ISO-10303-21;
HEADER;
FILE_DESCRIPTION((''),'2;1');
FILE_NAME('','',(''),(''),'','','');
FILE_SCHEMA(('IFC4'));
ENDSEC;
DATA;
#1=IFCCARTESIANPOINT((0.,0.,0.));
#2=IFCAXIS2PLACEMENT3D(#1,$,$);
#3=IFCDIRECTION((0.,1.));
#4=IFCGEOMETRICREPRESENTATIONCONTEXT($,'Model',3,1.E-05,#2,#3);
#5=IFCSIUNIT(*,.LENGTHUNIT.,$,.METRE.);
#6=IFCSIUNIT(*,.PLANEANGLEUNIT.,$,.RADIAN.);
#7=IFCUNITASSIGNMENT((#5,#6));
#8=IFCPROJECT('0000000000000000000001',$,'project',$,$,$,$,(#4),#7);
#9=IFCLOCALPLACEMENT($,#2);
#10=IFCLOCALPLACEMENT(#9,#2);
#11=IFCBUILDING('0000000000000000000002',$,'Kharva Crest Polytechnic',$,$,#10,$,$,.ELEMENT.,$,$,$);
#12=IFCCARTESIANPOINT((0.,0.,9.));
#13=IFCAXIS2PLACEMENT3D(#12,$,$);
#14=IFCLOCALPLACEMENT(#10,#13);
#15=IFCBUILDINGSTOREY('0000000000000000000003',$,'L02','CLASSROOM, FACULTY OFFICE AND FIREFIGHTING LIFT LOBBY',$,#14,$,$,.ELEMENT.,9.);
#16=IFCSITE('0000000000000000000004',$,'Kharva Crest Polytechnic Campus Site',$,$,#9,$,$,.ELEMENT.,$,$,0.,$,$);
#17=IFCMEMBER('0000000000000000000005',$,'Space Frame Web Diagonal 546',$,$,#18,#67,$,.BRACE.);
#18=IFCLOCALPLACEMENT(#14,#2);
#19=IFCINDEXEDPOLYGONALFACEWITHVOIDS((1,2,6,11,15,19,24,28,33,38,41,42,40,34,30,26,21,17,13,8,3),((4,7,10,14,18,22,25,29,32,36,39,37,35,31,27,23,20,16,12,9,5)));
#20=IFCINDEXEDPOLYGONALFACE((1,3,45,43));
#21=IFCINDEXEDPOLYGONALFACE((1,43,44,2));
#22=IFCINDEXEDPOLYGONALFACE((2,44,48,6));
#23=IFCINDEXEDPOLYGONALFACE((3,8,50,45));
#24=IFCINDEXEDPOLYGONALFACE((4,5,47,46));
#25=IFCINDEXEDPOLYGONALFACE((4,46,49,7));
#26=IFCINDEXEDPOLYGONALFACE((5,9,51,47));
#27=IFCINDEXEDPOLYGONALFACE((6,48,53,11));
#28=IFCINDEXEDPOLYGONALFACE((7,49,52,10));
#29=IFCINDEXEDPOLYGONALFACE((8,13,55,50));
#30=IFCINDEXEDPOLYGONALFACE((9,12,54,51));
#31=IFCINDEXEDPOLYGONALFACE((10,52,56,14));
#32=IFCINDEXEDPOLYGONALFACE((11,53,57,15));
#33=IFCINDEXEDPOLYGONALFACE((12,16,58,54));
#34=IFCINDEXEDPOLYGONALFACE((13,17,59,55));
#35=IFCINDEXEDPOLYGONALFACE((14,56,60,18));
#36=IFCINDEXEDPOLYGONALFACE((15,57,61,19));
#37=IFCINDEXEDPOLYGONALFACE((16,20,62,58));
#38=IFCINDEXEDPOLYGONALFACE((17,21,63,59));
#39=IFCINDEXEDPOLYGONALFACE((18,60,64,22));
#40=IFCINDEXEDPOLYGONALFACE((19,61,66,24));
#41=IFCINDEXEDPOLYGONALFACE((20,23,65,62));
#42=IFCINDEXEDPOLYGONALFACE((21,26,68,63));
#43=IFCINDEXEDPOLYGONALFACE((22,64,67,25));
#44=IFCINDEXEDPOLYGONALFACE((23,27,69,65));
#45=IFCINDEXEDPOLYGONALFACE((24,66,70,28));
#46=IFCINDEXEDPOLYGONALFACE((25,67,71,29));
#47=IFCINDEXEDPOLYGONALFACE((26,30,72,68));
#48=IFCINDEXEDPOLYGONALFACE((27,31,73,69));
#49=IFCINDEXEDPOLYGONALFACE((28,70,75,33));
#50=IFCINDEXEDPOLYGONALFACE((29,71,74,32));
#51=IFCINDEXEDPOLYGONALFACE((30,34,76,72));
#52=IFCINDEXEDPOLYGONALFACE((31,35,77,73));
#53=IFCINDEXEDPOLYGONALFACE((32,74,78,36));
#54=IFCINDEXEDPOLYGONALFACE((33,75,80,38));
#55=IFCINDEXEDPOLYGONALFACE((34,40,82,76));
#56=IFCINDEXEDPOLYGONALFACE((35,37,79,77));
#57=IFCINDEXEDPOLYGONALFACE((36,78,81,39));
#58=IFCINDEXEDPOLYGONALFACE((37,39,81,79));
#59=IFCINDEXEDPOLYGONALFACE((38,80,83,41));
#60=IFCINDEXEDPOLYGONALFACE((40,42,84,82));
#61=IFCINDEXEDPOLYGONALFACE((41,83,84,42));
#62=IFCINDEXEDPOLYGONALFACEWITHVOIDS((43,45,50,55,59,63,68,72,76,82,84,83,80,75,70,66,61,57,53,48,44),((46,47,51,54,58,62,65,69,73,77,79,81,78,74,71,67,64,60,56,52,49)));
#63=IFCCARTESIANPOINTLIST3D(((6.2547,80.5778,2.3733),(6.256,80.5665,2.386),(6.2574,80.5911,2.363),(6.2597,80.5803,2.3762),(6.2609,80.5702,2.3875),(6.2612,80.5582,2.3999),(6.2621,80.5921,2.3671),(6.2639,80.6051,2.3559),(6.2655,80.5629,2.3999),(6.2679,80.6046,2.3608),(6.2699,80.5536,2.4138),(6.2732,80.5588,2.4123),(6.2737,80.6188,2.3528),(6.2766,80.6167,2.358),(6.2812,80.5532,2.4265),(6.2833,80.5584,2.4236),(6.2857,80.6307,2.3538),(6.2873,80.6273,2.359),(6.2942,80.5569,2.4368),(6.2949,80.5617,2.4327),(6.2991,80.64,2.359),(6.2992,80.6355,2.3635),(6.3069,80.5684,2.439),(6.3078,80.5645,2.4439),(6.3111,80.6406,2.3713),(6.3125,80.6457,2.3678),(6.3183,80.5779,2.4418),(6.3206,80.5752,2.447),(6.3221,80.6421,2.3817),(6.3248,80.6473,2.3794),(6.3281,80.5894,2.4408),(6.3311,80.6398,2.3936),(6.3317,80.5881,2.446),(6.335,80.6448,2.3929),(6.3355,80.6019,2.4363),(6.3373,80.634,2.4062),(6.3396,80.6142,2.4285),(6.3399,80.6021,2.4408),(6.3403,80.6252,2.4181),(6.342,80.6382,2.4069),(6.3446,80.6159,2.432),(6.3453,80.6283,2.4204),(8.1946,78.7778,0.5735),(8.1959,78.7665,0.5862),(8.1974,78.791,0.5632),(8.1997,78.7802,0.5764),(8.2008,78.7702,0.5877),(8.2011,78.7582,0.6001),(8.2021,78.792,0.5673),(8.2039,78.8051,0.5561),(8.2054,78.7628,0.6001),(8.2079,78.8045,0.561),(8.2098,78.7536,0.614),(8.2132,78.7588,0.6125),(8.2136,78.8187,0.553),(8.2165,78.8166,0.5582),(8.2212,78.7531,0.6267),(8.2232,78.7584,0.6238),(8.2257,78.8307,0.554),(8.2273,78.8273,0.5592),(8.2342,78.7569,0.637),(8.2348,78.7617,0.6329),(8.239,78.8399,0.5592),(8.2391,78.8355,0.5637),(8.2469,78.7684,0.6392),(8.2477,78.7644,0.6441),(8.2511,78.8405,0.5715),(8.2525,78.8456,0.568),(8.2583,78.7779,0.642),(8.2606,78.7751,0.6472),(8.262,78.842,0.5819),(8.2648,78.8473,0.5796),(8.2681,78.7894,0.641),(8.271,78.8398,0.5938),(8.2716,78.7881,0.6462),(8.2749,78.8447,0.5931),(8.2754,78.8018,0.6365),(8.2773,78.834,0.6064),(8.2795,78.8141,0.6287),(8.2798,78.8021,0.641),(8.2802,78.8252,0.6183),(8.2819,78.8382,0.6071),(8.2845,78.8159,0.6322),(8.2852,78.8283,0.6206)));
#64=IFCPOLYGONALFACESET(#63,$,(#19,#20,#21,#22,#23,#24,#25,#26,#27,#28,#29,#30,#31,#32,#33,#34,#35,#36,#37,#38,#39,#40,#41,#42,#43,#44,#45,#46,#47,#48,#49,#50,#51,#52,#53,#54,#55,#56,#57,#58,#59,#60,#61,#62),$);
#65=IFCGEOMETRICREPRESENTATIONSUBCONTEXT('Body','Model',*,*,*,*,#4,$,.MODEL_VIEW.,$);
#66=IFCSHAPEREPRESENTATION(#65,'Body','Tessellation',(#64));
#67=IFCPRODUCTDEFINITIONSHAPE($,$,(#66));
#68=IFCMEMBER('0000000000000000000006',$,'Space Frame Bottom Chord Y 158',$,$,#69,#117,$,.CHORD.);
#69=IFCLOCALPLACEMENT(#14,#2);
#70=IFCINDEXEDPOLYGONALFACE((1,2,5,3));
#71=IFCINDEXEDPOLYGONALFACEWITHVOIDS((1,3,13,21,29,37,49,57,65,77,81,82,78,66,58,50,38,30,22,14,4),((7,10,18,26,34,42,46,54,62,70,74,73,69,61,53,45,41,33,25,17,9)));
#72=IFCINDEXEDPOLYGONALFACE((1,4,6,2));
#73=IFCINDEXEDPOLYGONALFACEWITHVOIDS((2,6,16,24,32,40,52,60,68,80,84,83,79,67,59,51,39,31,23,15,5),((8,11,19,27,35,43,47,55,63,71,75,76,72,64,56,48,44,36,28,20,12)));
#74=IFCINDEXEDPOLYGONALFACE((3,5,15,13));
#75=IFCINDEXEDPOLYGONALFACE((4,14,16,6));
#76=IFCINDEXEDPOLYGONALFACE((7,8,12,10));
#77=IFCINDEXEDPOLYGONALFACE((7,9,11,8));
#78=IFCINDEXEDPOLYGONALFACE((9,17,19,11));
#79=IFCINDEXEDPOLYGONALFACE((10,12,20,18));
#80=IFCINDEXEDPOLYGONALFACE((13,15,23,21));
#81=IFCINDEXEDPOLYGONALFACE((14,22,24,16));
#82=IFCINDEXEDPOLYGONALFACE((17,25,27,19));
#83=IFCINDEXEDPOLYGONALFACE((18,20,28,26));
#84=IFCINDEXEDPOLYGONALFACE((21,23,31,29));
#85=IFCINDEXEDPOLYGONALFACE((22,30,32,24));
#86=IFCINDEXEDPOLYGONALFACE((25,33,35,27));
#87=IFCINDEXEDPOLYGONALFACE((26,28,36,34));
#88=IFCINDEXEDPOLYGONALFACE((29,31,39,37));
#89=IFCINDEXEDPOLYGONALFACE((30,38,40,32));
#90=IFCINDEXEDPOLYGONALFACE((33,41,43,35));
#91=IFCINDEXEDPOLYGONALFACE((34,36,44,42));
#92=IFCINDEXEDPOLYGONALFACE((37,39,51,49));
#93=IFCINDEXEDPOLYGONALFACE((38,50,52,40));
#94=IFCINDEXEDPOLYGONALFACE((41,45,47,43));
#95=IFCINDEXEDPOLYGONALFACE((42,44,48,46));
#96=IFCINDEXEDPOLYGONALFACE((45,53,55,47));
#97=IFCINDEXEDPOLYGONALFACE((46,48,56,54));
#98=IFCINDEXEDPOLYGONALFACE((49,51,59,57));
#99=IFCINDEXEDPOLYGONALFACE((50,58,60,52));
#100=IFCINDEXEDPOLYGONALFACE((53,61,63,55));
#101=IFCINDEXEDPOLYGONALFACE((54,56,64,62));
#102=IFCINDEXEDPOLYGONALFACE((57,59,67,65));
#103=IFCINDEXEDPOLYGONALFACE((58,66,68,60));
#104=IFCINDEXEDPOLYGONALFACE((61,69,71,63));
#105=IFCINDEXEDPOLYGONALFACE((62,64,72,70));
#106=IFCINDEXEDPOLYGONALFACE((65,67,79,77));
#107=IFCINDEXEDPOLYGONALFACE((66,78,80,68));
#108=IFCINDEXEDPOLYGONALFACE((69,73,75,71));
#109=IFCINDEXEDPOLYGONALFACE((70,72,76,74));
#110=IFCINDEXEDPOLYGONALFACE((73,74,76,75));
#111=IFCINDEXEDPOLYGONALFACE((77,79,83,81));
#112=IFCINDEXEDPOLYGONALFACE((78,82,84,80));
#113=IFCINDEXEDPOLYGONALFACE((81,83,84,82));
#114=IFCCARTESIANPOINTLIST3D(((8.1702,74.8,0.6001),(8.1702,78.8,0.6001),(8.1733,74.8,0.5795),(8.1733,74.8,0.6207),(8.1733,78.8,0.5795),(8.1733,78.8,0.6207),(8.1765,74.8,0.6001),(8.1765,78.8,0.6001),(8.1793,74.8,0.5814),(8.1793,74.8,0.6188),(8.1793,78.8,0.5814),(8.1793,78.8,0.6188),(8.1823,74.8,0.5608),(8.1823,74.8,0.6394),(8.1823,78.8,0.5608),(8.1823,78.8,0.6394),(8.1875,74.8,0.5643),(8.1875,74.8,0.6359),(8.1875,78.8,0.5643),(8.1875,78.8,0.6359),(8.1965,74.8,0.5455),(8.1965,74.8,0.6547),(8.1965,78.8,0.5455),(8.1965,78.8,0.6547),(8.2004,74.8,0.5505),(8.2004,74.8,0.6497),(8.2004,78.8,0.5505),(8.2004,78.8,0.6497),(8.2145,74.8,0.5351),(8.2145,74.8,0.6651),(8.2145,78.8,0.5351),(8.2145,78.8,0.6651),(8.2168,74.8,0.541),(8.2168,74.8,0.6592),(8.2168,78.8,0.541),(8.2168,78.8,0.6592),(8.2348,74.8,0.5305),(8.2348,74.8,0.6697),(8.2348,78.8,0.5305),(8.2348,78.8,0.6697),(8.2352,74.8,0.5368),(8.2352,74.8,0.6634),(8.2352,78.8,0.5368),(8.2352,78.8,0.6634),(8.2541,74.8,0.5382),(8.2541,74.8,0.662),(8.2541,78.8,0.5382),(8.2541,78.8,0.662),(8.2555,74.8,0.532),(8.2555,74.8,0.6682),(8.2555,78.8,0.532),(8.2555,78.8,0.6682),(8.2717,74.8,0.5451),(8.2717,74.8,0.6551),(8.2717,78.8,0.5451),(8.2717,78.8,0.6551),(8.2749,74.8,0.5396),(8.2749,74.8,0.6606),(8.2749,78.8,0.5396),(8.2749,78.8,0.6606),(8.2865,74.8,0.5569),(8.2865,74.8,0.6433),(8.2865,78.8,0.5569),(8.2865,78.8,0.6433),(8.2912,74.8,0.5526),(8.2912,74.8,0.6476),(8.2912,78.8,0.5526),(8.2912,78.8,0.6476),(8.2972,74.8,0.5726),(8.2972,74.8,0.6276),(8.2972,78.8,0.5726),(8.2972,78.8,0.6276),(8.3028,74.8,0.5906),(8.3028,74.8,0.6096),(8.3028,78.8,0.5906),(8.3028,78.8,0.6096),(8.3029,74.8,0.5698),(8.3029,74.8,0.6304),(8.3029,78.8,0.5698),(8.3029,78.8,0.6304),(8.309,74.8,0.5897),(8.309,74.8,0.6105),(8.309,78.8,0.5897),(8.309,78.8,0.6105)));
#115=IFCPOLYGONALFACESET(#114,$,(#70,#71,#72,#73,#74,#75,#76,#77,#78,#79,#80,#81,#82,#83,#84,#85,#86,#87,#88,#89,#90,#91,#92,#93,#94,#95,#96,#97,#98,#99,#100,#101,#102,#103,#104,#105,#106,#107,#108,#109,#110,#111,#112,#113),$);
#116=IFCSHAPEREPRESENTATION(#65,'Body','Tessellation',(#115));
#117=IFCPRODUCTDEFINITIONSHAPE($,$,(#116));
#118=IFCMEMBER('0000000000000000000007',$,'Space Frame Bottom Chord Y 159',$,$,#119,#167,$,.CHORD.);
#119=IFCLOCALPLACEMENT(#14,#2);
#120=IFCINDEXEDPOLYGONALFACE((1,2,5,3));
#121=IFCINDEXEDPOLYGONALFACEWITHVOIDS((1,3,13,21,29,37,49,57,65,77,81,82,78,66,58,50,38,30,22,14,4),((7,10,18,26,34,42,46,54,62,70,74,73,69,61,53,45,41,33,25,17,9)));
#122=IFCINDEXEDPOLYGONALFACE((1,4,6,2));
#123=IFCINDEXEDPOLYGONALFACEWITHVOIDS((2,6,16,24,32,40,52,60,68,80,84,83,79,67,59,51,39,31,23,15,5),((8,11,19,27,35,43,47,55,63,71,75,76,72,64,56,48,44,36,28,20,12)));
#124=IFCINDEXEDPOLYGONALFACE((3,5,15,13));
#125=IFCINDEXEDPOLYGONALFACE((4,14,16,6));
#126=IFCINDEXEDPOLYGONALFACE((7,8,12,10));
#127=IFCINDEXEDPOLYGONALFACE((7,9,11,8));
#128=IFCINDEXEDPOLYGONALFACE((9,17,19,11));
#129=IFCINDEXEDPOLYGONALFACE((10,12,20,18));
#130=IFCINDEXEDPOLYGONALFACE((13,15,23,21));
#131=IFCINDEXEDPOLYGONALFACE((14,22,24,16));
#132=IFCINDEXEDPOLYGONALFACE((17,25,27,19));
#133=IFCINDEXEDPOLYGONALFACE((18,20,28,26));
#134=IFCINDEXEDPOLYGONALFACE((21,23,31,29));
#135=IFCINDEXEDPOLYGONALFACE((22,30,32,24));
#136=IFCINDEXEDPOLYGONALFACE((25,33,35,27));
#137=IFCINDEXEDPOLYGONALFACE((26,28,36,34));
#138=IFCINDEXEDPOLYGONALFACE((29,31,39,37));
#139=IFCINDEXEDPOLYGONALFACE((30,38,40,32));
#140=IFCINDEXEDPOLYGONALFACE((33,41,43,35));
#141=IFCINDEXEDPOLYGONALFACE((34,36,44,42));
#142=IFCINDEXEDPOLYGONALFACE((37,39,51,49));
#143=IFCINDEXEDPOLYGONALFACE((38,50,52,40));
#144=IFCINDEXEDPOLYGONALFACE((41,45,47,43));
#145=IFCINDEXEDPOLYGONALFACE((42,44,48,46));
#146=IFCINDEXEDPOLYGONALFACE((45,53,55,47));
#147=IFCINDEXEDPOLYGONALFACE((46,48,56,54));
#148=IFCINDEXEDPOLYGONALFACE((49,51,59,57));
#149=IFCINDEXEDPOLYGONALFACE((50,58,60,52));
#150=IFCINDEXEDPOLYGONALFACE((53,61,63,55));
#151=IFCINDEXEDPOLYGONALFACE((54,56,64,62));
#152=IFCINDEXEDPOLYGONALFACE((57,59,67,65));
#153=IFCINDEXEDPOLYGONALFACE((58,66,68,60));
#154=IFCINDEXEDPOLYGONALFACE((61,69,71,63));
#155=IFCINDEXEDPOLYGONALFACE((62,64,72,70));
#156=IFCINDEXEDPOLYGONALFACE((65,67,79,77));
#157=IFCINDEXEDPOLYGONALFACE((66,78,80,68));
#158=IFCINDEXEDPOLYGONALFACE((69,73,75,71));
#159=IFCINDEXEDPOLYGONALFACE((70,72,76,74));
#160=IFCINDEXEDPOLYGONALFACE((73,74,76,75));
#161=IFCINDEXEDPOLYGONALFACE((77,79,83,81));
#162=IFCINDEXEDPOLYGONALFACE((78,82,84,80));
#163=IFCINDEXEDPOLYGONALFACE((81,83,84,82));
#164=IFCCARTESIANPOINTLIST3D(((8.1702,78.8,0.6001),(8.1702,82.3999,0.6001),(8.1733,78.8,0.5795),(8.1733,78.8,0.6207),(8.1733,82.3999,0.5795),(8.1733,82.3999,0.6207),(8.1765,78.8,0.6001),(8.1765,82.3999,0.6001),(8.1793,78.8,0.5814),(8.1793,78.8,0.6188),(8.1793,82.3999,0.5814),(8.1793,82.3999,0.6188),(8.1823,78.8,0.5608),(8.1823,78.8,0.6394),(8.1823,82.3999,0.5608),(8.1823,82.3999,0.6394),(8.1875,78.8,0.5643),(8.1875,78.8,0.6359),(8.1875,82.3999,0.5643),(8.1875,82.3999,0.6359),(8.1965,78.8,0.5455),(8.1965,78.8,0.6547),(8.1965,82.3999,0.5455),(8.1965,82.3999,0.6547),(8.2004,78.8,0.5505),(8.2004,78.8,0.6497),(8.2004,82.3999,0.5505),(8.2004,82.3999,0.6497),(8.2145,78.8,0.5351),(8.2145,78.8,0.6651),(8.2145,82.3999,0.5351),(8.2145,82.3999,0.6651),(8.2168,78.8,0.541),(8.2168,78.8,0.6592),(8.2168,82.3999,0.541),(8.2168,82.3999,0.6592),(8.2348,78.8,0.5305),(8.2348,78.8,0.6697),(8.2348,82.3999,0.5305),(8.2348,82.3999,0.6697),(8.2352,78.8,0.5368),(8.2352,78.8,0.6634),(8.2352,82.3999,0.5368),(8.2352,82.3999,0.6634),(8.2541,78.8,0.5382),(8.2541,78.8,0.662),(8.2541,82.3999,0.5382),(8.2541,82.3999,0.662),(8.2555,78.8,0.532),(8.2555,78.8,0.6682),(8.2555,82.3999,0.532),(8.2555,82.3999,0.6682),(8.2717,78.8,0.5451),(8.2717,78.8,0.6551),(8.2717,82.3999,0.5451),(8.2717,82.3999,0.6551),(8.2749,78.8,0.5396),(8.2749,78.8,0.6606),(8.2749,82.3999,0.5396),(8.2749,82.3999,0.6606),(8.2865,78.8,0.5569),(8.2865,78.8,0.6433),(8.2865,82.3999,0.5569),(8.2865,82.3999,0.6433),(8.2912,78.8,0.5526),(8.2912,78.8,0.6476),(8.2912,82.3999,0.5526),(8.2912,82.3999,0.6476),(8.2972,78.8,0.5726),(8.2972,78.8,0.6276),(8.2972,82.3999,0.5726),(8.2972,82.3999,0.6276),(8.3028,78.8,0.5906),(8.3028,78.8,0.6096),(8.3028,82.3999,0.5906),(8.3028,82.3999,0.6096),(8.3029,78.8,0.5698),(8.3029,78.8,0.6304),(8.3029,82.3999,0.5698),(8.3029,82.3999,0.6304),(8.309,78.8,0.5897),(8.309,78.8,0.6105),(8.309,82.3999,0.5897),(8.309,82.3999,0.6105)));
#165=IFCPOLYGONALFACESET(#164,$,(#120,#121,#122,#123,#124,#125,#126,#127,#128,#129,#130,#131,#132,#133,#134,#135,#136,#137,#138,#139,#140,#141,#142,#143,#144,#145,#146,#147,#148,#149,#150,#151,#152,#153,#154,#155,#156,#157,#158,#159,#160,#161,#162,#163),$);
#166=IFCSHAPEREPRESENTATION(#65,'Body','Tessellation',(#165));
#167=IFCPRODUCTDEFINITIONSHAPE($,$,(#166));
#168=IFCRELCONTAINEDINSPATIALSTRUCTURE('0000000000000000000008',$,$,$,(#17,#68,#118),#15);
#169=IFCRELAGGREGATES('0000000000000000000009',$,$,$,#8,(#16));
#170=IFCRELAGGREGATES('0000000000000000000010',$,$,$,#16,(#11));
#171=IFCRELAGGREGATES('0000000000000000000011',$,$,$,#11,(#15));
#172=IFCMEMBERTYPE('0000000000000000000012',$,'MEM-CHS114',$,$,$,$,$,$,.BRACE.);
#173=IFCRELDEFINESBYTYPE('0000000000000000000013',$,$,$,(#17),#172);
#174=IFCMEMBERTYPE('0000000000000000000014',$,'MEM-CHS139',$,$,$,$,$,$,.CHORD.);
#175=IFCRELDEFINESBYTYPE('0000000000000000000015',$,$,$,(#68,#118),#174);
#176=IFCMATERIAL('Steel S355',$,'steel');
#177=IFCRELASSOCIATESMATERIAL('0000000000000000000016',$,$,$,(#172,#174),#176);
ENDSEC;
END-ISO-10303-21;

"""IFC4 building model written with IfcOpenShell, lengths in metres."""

from ifc_helpers import new_model, si_unit, direction, frame, origin, origin_2d, place, context, subcontext, project, spatial, hollow_circle, extrude, material, material_profile, profile_set, type_object, element, save


model = new_model("IFC4")

# Units and contexts
model_context = context("Model", 3, precision=1e-05, world=origin(), true_north=direction((0.0, 1.0)))
body_context = subcontext(model_context, "Body", "Model", "MODEL_VIEW")
ifc_project = project(units=[si_unit("LENGTHUNIT", "METRE"), si_unit("PLANEANGLEUNIT", "RADIAN")], contexts=[model_context])

# Site, building, storey
site_placement = place(None, origin())
site = spatial("IfcSite", under=ifc_project, at=site_placement, Name="Kharva Crest Polytechnic Campus Site", CompositionType="ELEMENT", RefElevation=0.0)
building_placement = place(site_placement, origin())
building = spatial("IfcBuilding", under=site, at=building_placement, Name="Kharva Crest Polytechnic", CompositionType="ELEMENT")
storey_placement = place(building_placement, frame((0.0, 0.0, 9.0)))
storey = spatial("IfcBuildingStorey", under=building, at=storey_placement, Name="L02", Description="CLASSROOM, FACULTY OFFICE AND FIREFIGHTING LIFT LOBBY", CompositionType="ELEMENT", Elevation=9.0)

# Shared definitions
ifc_material_1 = material(Name="Steel S355", Category="steel")

# Members
ifc_material_profile_1 = material_profile(ifc_material_1, hollow_circle(Radius=0.0571, WallThickness=0.0063, at=origin_2d()), Name="CHS 114.3X6.3")
ifc_profile_set_1 = profile_set([ifc_material_profile_1], Name="Steel S355")
member_type_1 = type_object("IfcMemberType", Name="MEM-CHS114", PredefinedType="BRACE", material=ifc_profile_set_1)
member_1_placement = place(storey_placement, frame((8.24, 78.8, 0.6001), z_axis=(-0.606147, 0.562437, 0.562361), x_axis=(-0.680182, -0.733043, 0.0)))
element("IfcMember", 1, at=member_1_placement, inside=storey, type_object=member_type_1, Name="Space Frame Web Diagonal 546", PredefinedType="BRACE", context=body_context, shape_type="SweptSolid", body=[
    extrude(hollow_circle(Radius=0.0571, WallThickness=0.0063, at=origin_2d()), origin(), (0.0, 0.0, 1.0), 3.2004),
])
ifc_material_profile_2 = material_profile(ifc_material_1, hollow_circle(Radius=0.0698, WallThickness=0.0063, at=origin_2d()), Name="CHS 139.7X6.3")
ifc_profile_set_2 = profile_set([ifc_material_profile_2], Name="Steel S355")
member_type_2 = type_object("IfcMemberType", Name="MEM-CHS139", PredefinedType="CHORD", material=ifc_profile_set_2)
member_2_placement = place(storey_placement, frame((8.24, 74.8, 0.6001), z_axis=(0.0, 1.0, 0.0), x_axis=(-1.0, 0.0, 0.0)))
element("IfcMember", 2, at=member_2_placement, inside=storey, type_object=member_type_2, Name="Space Frame Bottom Chord Y 158", PredefinedType="CHORD", context=body_context, shape_type="SweptSolid", body=[
    extrude(hollow_circle(Radius=0.0698, WallThickness=0.0063, at=origin_2d()), origin(), (0.0, 0.0, 1.0), 4.0),
])
member_3_placement = place(storey_placement, frame((8.24, 78.8, 0.6001), z_axis=(0.0, 1.0, 0.0), x_axis=(-1.0, 0.0, 0.0)))
element("IfcMember", 3, at=member_3_placement, inside=storey, type_object=member_type_2, Name="Space Frame Bottom Chord Y 159", PredefinedType="CHORD", context=body_context, shape_type="SweptSolid", body=[
    extrude(hollow_circle(Radius=0.0698, WallThickness=0.0063, at=origin_2d()), origin(), (0.0, 0.0, 1.0), 3.5999),
])

save(model, "model.ifc")
